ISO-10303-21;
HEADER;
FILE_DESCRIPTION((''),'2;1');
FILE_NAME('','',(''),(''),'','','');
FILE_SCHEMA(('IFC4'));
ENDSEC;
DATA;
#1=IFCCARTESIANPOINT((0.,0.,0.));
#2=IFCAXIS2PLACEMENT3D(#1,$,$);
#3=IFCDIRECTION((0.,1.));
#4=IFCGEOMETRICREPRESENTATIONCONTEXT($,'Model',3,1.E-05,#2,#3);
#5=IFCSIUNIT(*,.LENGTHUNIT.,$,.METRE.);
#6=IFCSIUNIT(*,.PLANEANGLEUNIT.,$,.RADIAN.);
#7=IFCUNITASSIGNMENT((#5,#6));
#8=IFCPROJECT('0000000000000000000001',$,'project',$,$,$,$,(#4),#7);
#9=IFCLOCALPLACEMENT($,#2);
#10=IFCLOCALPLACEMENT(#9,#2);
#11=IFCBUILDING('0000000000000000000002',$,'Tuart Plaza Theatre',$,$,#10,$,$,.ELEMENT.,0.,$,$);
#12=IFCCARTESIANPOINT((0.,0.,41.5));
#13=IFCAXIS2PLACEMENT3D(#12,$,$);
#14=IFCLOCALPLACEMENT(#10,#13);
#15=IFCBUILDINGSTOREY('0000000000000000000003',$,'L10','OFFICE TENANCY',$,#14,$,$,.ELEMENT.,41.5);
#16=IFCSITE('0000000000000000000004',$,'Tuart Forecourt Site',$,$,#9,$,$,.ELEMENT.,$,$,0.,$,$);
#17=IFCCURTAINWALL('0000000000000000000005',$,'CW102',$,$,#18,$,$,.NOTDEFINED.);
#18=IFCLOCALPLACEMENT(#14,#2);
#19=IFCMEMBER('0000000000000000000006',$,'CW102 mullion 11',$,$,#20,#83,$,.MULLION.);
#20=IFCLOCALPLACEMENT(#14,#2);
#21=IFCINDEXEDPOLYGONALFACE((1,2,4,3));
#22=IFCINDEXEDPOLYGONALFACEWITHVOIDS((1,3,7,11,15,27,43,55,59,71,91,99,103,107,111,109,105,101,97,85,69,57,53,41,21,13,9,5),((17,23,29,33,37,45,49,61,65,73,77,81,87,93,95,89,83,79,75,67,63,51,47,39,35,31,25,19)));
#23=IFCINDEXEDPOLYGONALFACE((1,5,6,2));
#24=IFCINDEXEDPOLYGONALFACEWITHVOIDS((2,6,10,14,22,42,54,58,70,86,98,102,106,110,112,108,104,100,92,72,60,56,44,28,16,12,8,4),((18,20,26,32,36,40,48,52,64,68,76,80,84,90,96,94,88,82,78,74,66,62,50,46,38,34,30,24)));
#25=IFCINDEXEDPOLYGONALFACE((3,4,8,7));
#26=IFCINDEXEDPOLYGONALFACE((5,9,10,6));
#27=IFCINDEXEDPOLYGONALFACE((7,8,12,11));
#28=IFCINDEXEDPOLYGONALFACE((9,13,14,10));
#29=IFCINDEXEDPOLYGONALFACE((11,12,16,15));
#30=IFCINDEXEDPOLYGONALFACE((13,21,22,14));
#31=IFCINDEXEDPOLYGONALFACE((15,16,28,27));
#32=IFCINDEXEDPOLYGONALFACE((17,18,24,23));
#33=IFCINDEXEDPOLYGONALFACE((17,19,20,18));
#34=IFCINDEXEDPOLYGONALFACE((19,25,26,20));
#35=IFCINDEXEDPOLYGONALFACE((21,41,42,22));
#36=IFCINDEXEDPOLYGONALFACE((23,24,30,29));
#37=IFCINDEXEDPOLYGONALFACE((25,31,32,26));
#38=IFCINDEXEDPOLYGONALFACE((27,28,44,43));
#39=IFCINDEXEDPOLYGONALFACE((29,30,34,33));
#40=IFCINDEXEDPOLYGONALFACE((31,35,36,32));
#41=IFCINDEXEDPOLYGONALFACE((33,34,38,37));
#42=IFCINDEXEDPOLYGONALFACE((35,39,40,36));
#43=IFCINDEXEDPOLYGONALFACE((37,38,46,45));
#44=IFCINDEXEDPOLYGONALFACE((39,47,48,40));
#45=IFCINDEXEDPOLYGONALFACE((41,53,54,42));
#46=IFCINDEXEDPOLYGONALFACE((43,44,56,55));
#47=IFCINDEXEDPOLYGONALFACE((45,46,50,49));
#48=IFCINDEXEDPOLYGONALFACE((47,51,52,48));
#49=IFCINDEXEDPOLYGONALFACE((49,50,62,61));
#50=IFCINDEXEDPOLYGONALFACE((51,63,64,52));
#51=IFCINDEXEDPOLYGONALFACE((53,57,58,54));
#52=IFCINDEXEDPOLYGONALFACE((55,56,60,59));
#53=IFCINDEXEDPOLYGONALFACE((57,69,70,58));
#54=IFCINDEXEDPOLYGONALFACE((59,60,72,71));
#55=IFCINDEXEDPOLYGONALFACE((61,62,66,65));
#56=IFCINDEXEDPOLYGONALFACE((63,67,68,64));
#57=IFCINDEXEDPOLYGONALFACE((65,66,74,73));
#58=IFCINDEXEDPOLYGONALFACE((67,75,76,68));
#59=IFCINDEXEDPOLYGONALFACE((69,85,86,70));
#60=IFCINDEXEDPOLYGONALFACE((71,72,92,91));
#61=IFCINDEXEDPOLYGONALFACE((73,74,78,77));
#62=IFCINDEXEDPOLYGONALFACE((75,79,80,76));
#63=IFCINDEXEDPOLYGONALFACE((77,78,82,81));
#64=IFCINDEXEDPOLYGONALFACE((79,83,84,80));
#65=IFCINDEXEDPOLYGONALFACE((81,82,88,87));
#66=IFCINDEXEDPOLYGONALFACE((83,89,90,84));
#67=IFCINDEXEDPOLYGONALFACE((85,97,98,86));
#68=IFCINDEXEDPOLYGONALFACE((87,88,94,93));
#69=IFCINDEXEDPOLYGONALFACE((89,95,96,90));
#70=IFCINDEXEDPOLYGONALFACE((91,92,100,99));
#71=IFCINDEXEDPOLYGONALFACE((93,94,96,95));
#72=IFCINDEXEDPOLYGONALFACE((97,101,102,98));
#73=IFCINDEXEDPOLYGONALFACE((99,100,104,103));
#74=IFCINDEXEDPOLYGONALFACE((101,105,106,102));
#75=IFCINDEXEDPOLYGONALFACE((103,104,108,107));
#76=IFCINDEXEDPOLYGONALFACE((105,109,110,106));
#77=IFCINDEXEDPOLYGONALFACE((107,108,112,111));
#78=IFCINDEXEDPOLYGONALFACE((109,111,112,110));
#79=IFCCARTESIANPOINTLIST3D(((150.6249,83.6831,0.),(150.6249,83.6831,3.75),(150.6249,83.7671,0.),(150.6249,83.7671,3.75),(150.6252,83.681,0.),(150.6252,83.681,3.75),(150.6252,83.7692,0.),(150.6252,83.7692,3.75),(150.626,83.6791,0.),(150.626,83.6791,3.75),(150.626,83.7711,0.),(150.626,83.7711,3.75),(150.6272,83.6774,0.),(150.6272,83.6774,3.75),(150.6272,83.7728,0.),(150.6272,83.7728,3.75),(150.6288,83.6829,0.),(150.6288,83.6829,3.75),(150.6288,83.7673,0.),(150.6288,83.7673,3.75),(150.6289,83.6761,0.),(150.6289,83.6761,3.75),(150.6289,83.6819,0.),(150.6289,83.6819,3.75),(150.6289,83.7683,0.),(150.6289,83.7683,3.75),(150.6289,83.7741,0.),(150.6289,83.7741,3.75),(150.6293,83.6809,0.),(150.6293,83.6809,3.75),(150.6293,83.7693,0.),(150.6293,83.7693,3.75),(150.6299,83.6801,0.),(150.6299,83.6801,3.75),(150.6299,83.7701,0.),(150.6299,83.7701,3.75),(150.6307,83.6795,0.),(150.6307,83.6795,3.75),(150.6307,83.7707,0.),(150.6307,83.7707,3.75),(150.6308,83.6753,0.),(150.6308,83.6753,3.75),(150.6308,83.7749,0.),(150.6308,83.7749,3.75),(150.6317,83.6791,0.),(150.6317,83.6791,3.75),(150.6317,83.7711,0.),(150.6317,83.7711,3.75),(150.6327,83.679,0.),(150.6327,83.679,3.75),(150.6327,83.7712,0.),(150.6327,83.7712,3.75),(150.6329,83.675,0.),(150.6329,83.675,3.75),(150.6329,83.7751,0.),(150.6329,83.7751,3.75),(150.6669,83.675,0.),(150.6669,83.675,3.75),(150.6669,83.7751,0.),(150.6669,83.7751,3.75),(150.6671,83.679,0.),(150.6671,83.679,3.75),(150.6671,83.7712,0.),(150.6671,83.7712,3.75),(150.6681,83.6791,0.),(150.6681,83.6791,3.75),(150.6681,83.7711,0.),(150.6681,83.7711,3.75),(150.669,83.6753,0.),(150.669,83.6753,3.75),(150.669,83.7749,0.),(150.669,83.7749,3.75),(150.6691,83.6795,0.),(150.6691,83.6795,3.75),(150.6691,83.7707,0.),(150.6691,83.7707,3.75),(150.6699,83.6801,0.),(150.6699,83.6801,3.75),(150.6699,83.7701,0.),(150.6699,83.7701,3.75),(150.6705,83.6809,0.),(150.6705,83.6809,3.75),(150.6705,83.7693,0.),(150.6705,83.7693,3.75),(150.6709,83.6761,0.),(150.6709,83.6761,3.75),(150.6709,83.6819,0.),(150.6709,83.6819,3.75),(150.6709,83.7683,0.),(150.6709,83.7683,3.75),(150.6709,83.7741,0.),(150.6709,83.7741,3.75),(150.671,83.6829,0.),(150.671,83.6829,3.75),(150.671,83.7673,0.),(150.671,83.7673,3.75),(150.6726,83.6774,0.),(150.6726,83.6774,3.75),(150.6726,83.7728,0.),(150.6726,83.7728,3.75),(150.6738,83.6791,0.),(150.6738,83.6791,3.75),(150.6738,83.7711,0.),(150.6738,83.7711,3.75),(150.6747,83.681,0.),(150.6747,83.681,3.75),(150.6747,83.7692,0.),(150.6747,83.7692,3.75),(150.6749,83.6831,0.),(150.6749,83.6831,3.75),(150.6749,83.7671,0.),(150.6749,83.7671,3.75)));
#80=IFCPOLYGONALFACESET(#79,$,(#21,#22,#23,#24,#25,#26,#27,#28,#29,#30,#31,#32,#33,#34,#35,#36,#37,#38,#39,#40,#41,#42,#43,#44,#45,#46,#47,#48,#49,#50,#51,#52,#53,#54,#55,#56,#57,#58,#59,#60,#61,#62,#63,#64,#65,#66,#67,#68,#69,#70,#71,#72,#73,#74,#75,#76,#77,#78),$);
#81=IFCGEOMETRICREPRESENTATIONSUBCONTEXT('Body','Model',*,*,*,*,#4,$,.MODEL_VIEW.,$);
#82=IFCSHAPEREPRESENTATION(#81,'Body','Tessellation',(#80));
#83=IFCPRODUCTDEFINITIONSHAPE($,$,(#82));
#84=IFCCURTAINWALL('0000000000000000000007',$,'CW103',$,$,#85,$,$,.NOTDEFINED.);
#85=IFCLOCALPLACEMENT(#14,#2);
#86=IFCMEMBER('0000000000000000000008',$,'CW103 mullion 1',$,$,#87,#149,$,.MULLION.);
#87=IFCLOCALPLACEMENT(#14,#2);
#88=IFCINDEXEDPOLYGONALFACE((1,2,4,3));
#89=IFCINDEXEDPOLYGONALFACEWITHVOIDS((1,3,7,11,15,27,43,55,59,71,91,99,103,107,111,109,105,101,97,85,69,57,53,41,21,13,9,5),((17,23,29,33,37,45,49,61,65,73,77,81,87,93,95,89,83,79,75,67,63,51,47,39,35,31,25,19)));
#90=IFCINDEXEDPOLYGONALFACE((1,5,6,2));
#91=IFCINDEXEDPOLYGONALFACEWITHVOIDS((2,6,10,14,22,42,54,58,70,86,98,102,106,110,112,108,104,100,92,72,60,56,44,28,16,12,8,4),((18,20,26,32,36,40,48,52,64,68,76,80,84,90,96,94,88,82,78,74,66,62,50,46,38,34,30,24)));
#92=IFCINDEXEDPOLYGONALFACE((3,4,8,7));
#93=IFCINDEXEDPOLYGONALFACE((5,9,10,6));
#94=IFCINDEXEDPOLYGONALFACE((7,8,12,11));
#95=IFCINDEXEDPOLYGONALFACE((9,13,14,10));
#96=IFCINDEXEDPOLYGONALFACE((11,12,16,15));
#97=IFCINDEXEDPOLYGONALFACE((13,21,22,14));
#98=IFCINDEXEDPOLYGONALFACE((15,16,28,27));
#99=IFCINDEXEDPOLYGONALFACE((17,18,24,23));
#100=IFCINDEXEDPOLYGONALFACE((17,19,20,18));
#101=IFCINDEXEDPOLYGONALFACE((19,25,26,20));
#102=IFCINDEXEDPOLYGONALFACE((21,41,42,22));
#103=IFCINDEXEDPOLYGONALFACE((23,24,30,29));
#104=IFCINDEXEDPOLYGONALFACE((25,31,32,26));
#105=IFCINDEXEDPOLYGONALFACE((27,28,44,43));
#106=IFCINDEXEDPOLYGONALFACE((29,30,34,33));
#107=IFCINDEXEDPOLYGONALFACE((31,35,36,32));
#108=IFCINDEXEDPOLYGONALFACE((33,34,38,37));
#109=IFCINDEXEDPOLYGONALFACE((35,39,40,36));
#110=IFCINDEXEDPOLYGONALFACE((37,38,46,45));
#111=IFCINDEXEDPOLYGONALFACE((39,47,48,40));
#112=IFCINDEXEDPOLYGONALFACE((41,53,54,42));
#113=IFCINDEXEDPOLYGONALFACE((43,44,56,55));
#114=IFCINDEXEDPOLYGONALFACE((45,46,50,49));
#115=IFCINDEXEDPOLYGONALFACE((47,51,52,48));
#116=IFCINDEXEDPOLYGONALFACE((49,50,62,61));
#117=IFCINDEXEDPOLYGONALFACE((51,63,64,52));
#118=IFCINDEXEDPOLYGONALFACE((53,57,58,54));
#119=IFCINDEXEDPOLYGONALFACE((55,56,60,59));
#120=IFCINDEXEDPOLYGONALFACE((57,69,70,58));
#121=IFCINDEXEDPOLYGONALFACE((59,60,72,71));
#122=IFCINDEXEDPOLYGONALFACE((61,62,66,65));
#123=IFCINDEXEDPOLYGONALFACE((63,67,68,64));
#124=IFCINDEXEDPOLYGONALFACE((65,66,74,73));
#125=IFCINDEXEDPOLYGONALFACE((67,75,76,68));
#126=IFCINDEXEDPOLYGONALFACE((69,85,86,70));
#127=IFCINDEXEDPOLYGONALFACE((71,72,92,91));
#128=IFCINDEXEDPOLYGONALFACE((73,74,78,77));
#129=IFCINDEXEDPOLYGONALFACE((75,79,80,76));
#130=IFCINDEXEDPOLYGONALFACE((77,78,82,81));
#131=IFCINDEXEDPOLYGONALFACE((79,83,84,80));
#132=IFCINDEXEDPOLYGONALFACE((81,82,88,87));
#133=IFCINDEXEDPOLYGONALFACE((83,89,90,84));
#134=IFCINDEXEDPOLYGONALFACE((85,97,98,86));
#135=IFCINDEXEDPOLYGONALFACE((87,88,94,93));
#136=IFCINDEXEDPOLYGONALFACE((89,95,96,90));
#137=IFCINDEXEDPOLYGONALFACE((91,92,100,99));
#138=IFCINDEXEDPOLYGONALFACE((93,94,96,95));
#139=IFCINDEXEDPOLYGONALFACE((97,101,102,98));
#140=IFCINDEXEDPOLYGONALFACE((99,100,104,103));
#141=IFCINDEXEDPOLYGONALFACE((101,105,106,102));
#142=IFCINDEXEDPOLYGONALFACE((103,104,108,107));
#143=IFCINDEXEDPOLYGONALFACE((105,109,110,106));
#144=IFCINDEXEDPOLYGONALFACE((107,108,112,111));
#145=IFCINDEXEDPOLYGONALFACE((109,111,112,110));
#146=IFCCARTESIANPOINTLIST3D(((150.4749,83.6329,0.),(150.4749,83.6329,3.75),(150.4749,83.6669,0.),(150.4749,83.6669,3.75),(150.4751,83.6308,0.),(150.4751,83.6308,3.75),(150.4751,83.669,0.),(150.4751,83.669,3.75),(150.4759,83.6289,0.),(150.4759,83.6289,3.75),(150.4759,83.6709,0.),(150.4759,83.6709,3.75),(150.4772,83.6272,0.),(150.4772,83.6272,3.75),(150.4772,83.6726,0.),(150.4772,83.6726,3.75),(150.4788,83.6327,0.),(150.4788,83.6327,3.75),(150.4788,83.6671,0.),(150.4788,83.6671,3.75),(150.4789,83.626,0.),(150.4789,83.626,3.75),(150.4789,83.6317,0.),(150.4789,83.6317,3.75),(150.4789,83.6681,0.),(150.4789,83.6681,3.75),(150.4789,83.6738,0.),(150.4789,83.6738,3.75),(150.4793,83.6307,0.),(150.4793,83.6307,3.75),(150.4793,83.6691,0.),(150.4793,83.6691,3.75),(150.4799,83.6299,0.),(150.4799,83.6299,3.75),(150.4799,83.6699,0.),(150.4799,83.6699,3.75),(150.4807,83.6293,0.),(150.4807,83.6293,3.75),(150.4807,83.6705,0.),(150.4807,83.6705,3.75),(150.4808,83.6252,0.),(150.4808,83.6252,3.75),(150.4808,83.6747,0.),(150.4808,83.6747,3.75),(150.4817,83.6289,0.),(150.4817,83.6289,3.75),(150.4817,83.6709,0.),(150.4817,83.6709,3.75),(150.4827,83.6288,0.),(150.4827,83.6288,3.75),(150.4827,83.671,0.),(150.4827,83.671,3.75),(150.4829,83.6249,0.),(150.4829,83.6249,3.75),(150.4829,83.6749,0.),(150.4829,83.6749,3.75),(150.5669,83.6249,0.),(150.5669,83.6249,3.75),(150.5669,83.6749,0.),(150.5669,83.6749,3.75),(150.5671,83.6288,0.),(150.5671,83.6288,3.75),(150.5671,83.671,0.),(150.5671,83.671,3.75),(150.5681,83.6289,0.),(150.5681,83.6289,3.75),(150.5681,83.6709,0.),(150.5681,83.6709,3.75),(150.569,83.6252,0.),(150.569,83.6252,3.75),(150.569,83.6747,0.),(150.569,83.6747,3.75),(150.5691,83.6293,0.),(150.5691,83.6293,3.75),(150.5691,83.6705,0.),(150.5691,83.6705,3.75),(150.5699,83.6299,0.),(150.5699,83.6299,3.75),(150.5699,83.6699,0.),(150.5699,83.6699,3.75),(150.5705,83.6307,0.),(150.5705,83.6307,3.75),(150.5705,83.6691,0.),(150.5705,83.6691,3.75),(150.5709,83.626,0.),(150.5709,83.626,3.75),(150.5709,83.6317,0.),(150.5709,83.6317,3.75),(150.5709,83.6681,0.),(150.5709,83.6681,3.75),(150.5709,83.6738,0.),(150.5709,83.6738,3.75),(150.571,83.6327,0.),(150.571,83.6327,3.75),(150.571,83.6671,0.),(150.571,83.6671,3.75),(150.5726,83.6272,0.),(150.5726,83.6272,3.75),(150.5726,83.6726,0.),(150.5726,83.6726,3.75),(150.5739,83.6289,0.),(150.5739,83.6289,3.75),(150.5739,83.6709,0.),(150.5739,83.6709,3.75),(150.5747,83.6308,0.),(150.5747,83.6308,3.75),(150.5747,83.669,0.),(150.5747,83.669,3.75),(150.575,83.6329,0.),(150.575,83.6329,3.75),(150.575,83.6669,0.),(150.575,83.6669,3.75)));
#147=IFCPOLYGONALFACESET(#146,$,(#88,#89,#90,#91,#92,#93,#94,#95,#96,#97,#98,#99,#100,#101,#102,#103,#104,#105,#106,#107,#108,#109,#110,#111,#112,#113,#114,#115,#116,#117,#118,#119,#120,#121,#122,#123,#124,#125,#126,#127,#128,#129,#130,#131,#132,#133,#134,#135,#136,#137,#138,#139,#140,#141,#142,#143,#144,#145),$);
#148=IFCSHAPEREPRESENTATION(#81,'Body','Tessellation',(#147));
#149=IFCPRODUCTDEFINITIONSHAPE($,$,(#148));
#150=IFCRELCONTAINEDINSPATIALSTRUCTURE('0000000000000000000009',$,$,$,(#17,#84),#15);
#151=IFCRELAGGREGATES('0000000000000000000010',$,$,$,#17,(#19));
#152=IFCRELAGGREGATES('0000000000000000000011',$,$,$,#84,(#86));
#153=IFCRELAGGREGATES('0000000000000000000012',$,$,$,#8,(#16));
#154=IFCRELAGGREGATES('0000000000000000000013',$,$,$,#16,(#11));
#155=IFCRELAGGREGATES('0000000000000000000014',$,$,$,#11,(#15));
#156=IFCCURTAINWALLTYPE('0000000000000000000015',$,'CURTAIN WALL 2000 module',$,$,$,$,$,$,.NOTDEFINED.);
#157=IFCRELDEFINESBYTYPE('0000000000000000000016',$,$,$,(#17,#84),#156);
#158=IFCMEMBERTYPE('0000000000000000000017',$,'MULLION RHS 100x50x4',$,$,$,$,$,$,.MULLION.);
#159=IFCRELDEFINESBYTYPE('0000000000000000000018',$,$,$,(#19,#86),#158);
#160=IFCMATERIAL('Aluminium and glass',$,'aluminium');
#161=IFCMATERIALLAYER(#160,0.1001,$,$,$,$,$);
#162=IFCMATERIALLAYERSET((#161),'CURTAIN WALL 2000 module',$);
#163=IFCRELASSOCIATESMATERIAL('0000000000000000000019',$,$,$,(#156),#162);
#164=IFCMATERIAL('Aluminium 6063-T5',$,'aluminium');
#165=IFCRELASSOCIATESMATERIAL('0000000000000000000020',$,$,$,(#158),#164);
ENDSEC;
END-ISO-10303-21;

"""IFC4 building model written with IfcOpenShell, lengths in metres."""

from ifc_helpers import new_model, si_unit, direction, frame, origin, origin_2d, place, context, subcontext, project, spatial, hollow_rectangle, extrude, material, layer, layer_set, material_profile, profile_set, type_object, element, aggregate, save


model = new_model("IFC4")

# Units and contexts
model_context = context("Model", 3, precision=1e-05, world=origin(), true_north=direction((0.0, 1.0)))
body_context = subcontext(model_context, "Body", "Model", "MODEL_VIEW")
ifc_project = project(units=[si_unit("LENGTHUNIT", "METRE"), si_unit("PLANEANGLEUNIT", "RADIAN")], contexts=[model_context])

# Site, building, storey
site_placement = place(None, origin())
site = spatial("IfcSite", under=ifc_project, at=site_placement, Name="Tuart Forecourt Site", CompositionType="ELEMENT", RefElevation=0.0)
building_placement = place(site_placement, origin())
building = spatial("IfcBuilding", under=site, at=building_placement, Name="Tuart Plaza Theatre", CompositionType="ELEMENT", ElevationOfRefHeight=0.0)
storey_placement = place(building_placement, frame((0.0, 0.0, 41.5)))
storey = spatial("IfcBuildingStorey", under=building, at=storey_placement, Name="L10", Description="OFFICE TENANCY", CompositionType="ELEMENT", Elevation=41.5)

# Curtain wall, member
ifc_material_1 = material(Name="Aluminium and glass", Category="aluminium")
ifc_layer_1 = layer(ifc_material_1, 0.1001)
ifc_layer_set_1 = layer_set([ifc_layer_1], Name="CURTAIN WALL 2000 module")
curtain_wall_type = type_object("IfcCurtainWallType", Name="CURTAIN WALL 2000 module", PredefinedType="NOTDEFINED", material=ifc_layer_set_1)
curtain_wall_1_placement = place(storey_placement, origin())
curtain_wall_1 = element("IfcCurtainWall", 1, at=curtain_wall_1_placement, inside=storey, type_object=curtain_wall_type, Name="CW102", PredefinedType="NOTDEFINED")
ifc_material_2 = material(Name="Aluminium 6063-T5", Category="aluminium")
ifc_material_profile_1 = material_profile(ifc_material_2, hollow_rectangle(XDim=0.05, YDim=0.1001, WallThickness=0.0039, InnerFilletRadius=0.0039, OuterFilletRadius=0.0081, at=origin_2d()), Name="RHS 100x50x4")
ifc_profile_set_1 = profile_set([ifc_material_profile_1], Name="Aluminium 6063-T5")
member_type_1 = type_object("IfcMemberType", Name="MULLION RHS 100x50x4", PredefinedType="MULLION", material=ifc_profile_set_1)
member_1_placement = place(storey_placement, frame((150.6499, 83.7251, 0.0), z_axis=(0.0, 0.0, 1.0), x_axis=(-1.0, 0.0, 0.0)))
member_1 = element("IfcMember", 2, at=member_1_placement, type_object=member_type_1, Name="CW102 mullion 11", PredefinedType="MULLION", context=body_context, shape_type="SweptSolid", body=[
    extrude(hollow_rectangle(XDim=0.05, YDim=0.1001, WallThickness=0.0039, InnerFilletRadius=0.0039, OuterFilletRadius=0.0081, at=origin_2d()), origin(), (0.0, 0.0, 1.0), 3.75),
])
aggregate(curtain_wall_1, [member_1])

# Curtain wall, member
curtain_wall_2_placement = place(storey_placement, origin())
curtain_wall_2 = element("IfcCurtainWall", 3, at=curtain_wall_2_placement, inside=storey, type_object=curtain_wall_type, Name="CW103", PredefinedType="NOTDEFINED")
member_2_placement = place(storey_placement, frame((150.5249, 83.6499, 0.0), z_axis=(0.0, 0.0, 1.0), x_axis=(0.0, -1.0, 0.0)))
member_2 = element("IfcMember", 4, at=member_2_placement, type_object=member_type_1, Name="CW103 mullion 1", PredefinedType="MULLION", context=body_context, shape_type="SweptSolid", body=[
    extrude(hollow_rectangle(XDim=0.05, YDim=0.1001, WallThickness=0.0039, InnerFilletRadius=0.0039, OuterFilletRadius=0.0081, at=origin_2d()), origin(), (0.0, 0.0, 1.0), 3.75),
])

aggregate(curtain_wall_2, [member_2])

save(model, "model.ifc")
